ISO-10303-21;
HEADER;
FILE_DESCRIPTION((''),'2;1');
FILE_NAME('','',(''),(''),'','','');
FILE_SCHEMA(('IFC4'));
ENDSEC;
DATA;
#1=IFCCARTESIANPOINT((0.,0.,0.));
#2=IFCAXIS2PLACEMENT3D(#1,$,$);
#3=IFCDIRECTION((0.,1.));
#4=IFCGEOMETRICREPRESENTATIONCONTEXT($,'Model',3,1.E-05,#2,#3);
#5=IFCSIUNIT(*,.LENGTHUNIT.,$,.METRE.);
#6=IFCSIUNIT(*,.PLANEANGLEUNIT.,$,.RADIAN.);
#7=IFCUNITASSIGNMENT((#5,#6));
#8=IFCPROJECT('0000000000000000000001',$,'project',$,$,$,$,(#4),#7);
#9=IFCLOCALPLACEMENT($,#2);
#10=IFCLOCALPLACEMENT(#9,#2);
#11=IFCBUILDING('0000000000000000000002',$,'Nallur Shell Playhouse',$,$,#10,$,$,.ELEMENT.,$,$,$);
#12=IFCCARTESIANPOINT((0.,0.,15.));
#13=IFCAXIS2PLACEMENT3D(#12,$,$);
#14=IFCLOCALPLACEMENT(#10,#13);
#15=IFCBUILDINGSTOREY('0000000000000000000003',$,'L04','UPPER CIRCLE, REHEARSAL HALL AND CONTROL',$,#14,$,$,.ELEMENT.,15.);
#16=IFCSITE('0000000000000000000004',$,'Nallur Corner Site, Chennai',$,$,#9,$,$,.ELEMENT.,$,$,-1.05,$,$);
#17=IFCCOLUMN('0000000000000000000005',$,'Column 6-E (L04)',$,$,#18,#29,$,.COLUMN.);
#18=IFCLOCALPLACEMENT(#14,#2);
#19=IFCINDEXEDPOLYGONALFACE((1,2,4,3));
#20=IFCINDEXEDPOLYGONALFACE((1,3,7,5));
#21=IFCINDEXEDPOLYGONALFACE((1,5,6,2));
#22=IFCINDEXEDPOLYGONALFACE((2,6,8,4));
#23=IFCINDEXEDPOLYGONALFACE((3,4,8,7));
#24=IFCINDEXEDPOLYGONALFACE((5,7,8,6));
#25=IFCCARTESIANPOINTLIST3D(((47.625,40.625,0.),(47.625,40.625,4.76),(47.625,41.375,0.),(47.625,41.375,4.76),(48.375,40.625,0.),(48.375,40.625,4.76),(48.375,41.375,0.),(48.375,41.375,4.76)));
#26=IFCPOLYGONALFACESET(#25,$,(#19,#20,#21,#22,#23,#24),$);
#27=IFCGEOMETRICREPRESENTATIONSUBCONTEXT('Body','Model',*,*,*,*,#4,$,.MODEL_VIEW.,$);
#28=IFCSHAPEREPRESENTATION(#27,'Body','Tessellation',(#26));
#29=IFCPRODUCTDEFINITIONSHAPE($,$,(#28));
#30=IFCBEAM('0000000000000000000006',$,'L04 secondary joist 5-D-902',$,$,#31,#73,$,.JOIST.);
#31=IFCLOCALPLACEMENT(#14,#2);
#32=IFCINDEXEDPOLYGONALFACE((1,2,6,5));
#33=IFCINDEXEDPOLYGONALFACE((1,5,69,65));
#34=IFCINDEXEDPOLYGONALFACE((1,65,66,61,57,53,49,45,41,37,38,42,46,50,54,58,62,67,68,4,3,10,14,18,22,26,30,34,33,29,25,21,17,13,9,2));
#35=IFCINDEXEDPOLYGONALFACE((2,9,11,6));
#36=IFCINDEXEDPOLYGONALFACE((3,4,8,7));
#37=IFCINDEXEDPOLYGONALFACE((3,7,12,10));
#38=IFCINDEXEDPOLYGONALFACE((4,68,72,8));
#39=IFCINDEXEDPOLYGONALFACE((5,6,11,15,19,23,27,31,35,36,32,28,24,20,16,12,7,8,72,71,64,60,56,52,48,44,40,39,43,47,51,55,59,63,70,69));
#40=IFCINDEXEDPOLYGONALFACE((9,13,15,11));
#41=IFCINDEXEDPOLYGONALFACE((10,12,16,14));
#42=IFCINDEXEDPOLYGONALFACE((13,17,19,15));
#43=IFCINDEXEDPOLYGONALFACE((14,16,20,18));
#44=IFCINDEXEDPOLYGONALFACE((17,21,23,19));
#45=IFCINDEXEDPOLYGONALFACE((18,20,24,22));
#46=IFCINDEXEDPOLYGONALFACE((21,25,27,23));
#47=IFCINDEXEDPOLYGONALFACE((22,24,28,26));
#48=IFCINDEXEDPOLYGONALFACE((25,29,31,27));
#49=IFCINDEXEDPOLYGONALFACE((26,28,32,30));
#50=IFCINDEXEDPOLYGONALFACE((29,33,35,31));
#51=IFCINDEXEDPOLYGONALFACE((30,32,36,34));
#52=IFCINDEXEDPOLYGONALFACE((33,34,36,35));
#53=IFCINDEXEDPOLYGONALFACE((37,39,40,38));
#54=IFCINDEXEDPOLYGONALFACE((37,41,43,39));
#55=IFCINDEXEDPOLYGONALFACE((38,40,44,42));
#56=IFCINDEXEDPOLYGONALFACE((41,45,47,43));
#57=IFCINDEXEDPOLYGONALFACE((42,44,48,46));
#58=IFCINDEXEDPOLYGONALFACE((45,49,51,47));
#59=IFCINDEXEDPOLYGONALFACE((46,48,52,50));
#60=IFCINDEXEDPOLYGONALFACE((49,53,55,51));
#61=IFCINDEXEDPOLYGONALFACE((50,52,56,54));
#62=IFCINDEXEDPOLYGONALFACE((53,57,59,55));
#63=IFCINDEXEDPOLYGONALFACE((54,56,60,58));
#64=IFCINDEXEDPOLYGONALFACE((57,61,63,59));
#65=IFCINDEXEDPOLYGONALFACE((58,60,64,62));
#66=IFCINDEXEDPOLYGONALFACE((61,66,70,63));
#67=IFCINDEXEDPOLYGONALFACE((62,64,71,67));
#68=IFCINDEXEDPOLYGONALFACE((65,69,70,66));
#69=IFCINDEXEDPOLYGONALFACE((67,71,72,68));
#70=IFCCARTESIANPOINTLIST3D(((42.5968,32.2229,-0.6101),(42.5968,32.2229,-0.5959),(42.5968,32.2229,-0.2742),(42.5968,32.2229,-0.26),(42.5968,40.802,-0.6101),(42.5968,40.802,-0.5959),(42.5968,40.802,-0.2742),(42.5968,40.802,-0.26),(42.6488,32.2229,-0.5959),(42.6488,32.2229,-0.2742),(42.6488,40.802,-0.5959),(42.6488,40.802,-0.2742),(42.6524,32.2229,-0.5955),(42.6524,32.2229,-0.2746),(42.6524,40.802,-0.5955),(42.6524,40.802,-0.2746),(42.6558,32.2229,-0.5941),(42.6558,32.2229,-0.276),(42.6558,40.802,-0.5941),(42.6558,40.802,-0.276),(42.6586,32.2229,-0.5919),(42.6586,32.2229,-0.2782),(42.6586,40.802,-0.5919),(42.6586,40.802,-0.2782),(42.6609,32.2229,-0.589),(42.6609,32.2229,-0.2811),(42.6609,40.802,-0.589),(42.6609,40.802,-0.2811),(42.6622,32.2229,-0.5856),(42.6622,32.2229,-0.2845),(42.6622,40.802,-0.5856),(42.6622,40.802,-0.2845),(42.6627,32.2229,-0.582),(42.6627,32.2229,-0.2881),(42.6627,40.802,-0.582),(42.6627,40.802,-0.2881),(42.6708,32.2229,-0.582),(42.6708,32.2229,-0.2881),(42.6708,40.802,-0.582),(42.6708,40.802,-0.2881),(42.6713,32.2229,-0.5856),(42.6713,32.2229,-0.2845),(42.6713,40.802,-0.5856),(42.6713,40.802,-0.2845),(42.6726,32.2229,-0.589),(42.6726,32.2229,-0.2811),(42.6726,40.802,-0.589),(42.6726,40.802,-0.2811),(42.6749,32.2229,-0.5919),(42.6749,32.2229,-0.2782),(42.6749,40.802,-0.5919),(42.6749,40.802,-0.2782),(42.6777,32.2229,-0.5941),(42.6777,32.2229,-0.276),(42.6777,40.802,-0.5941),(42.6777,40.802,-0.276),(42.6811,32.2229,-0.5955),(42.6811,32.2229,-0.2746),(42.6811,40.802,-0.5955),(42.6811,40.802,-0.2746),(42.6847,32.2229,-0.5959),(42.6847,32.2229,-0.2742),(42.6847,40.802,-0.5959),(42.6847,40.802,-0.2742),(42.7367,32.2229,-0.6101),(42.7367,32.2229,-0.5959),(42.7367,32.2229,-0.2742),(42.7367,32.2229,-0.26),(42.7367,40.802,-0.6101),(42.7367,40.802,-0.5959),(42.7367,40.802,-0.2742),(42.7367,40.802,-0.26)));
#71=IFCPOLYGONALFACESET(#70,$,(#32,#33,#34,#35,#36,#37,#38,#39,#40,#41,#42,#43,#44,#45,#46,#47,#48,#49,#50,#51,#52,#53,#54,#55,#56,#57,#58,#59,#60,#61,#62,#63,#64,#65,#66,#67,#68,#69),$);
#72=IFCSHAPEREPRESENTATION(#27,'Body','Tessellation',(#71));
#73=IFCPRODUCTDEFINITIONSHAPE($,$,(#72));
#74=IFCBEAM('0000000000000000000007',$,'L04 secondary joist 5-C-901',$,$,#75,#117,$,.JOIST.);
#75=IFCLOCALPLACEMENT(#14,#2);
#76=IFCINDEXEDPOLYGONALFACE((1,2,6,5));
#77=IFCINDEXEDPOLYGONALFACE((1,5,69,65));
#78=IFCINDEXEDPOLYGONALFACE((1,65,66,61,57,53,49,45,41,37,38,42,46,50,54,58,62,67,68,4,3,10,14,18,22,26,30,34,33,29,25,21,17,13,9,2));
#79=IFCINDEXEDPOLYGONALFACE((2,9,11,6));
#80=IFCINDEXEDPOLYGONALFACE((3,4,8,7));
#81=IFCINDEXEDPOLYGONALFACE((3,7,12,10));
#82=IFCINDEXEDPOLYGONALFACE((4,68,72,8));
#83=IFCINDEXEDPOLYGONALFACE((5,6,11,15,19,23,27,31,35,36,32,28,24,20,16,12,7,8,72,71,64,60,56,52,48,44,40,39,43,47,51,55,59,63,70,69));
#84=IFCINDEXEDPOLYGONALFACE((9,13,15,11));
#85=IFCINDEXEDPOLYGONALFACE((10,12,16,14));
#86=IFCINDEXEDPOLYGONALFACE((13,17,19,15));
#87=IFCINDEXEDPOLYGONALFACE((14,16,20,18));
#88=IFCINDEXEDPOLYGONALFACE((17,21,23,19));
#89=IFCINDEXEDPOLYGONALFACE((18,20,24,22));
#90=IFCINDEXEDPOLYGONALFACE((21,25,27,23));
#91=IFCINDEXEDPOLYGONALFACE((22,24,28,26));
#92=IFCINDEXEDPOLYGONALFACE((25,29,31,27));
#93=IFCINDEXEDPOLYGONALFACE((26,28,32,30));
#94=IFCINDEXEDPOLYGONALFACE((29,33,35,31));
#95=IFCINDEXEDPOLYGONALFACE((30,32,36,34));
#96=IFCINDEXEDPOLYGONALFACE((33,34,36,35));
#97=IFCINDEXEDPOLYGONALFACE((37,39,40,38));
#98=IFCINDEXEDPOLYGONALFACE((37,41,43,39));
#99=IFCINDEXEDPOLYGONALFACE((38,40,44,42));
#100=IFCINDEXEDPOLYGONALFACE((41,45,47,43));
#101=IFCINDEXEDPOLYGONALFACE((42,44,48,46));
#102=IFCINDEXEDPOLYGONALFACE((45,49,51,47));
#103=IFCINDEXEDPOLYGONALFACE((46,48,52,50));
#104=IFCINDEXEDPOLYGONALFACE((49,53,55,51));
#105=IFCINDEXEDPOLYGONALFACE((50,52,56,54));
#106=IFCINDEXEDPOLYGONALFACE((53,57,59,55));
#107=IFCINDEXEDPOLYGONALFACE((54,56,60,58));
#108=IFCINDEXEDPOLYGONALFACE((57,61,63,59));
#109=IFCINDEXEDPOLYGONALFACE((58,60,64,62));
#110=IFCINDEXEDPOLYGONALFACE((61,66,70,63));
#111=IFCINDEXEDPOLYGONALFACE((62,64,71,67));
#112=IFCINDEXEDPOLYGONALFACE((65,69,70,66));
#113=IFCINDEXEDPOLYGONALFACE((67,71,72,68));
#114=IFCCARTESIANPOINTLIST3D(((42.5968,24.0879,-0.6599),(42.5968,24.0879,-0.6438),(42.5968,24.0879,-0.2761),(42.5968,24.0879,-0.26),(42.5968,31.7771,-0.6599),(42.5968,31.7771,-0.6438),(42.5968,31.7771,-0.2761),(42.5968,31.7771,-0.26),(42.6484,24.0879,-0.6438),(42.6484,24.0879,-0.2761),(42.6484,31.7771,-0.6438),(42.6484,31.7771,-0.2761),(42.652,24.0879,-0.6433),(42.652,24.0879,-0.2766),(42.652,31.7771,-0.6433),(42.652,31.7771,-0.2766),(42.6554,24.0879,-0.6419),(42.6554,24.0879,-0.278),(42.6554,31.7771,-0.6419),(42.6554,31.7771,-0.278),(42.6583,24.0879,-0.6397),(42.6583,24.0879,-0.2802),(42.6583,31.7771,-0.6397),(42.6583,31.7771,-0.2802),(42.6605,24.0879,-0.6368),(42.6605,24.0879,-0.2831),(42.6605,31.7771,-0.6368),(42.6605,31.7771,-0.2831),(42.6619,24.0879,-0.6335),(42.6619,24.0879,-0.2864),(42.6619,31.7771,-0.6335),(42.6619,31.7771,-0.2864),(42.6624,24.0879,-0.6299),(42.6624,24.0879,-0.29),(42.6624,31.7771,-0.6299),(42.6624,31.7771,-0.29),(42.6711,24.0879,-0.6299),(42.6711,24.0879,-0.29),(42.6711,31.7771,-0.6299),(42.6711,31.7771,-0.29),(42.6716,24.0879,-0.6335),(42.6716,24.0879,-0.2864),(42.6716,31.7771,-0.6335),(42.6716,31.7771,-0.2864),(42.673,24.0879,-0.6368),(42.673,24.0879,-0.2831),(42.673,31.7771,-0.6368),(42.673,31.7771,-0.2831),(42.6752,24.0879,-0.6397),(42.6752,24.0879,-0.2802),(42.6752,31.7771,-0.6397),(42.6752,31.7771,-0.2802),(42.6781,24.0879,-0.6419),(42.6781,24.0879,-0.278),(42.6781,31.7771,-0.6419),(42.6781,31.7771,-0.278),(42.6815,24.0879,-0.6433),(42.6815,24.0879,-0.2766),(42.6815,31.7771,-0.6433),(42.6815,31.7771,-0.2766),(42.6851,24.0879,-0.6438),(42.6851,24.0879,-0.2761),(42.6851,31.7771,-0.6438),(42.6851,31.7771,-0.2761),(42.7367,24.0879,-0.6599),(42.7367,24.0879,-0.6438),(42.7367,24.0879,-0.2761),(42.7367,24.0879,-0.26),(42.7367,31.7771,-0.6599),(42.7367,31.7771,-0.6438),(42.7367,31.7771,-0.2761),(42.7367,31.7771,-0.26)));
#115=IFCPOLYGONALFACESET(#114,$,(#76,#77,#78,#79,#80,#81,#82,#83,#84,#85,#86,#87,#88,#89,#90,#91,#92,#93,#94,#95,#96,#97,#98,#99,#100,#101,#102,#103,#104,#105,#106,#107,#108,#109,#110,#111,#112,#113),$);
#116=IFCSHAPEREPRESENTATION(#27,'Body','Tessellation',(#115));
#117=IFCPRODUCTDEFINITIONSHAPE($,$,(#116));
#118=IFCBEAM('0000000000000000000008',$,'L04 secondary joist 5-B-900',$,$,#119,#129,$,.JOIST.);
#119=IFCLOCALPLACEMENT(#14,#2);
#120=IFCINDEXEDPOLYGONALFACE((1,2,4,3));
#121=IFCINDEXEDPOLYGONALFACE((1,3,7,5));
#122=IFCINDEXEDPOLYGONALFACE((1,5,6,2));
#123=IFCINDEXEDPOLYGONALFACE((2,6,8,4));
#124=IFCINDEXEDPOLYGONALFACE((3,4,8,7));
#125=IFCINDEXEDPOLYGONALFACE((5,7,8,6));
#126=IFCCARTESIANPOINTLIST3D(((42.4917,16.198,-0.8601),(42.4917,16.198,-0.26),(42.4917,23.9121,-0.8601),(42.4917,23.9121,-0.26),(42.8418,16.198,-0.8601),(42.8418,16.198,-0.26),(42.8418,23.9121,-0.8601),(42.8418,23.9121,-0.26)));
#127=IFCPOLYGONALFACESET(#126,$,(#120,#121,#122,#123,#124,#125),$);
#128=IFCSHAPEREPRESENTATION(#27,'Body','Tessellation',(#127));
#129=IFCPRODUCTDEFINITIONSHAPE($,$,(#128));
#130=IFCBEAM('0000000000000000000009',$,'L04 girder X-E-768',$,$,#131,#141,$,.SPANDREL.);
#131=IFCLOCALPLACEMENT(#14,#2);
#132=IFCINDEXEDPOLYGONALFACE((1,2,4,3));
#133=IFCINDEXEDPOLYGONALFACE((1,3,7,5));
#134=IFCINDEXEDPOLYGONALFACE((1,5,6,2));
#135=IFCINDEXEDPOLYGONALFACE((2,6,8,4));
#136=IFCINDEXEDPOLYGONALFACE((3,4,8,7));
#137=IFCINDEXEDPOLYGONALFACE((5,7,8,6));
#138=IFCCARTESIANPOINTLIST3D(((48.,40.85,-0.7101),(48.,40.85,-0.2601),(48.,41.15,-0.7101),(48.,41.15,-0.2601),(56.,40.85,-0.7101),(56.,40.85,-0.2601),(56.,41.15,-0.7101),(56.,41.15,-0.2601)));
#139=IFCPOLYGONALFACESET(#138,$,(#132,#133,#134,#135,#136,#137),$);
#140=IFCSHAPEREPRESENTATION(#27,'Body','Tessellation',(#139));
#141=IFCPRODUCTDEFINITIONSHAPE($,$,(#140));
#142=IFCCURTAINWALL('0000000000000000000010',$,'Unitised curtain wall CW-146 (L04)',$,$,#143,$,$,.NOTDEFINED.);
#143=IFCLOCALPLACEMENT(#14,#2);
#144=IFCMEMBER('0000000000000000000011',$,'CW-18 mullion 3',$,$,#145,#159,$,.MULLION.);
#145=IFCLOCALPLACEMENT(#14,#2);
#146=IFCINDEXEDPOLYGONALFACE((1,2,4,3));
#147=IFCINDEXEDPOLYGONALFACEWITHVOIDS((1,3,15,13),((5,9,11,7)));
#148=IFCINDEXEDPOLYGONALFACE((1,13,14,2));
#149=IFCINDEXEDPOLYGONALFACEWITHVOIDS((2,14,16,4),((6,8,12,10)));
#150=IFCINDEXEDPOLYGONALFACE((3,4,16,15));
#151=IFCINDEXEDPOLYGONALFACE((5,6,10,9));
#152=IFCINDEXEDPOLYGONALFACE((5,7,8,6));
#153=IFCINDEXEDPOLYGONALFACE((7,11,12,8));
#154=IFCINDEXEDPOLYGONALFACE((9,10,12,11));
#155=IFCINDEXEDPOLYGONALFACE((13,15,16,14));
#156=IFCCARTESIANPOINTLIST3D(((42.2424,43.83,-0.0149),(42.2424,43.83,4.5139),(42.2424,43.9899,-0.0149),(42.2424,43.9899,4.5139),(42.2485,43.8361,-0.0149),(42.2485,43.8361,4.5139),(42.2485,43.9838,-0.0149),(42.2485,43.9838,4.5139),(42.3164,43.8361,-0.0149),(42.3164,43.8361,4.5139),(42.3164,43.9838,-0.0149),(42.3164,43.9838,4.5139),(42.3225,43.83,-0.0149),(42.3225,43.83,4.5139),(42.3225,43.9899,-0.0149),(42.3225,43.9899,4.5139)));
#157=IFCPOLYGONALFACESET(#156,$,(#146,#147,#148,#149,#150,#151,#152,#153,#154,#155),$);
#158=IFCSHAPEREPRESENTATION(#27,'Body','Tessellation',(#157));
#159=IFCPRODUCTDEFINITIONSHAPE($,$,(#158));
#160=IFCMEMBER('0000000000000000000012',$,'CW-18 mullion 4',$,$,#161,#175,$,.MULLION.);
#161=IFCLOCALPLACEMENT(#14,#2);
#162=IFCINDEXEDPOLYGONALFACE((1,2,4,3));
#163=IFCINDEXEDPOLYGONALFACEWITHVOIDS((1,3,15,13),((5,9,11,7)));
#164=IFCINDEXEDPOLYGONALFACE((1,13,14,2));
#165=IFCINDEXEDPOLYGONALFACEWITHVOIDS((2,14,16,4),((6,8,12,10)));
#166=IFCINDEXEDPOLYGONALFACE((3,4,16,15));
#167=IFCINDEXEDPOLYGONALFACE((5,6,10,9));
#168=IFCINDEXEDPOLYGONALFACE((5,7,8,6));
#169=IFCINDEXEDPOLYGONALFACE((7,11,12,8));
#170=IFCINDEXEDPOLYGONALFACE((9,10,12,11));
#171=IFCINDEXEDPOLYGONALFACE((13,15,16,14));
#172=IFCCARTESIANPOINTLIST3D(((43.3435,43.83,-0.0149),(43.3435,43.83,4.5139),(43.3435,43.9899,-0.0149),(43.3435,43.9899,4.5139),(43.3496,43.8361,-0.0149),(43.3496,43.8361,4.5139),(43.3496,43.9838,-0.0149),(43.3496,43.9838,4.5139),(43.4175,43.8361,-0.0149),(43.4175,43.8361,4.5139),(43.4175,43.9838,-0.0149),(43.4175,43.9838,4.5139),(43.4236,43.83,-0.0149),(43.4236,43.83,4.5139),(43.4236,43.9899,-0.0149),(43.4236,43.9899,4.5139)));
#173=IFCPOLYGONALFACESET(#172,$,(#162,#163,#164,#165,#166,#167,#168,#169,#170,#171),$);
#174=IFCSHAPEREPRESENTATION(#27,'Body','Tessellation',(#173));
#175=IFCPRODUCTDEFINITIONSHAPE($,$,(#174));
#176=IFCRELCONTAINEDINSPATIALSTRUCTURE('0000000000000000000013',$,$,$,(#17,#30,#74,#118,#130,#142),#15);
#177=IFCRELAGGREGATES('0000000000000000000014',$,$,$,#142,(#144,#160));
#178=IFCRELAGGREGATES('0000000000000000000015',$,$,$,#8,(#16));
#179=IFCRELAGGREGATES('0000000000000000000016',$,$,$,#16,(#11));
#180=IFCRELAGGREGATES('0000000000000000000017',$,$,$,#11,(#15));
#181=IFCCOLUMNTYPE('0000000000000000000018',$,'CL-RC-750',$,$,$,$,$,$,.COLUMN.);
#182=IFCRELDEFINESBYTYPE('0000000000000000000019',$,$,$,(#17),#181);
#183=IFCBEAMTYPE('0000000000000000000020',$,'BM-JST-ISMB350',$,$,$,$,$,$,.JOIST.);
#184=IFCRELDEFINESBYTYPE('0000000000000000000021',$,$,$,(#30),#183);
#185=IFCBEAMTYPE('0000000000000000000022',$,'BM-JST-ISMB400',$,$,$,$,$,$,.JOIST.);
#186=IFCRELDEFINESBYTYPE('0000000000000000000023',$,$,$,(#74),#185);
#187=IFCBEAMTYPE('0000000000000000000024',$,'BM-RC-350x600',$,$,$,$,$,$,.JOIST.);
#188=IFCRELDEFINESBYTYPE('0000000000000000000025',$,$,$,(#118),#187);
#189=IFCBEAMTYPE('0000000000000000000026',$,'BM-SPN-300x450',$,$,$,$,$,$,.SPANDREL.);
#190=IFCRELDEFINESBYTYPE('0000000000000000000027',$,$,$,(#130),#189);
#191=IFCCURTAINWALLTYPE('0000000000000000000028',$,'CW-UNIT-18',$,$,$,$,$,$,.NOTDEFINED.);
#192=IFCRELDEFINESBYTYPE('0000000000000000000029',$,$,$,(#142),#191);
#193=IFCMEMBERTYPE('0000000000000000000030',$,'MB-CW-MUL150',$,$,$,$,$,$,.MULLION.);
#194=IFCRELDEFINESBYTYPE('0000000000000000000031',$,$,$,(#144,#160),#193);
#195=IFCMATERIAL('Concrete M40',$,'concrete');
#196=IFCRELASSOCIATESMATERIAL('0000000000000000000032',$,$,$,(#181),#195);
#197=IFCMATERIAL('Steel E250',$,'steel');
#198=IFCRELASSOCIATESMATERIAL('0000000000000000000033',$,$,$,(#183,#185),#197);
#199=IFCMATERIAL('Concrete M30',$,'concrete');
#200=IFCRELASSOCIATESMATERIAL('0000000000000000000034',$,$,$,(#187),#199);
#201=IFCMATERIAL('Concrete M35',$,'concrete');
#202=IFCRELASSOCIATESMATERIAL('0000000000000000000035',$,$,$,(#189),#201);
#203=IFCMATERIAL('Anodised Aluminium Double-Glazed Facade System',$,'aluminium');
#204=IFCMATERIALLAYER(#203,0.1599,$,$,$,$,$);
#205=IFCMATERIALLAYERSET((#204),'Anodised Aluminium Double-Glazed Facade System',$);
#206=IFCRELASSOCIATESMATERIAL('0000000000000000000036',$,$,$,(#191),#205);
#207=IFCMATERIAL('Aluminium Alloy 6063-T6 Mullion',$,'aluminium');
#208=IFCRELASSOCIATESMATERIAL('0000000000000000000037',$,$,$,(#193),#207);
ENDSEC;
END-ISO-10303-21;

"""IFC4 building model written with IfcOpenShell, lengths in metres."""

from ifc_helpers import new_model, si_unit, direction, frame, origin, origin_2d, place, context, subcontext, project, spatial, rectangle, hollow_rectangle, i_section, extrude, material, layer, layer_set, material_profile, profile_set, type_object, element, aggregate, save


model = new_model("IFC4")

# Units and contexts
model_context = context("Model", 3, precision=1e-05, world=origin(), true_north=direction((0.0, 1.0)))
body_context = subcontext(model_context, "Body", "Model", "MODEL_VIEW")
ifc_project = project(units=[si_unit("LENGTHUNIT", "METRE"), si_unit("PLANEANGLEUNIT", "RADIAN")], contexts=[model_context])

# Site, building, storey
site_placement = place(None, origin())
site = spatial("IfcSite", under=ifc_project, at=site_placement, Name="Nallur Corner Site, Chennai", CompositionType="ELEMENT", RefElevation=-1.05)
building_placement = place(site_placement, origin())
building = spatial("IfcBuilding", under=site, at=building_placement, Name="Nallur Shell Playhouse", CompositionType="ELEMENT")
storey_placement = place(building_placement, frame((0.0, 0.0, 15.0)))
storey = spatial("IfcBuildingStorey", under=building, at=storey_placement, Name="L04", Description="UPPER CIRCLE, REHEARSAL HALL AND CONTROL", CompositionType="ELEMENT", Elevation=15.0)

# Column
ifc_material_1 = material(Name="Concrete M40", Category="concrete")
ifc_material_profile_1 = material_profile(ifc_material_1, rectangle(XDim=0.75, YDim=0.75, at=origin_2d()), Name="RC 750x750")
ifc_profile_set_1 = profile_set([ifc_material_profile_1], Name="Concrete M40")
column_type = type_object("IfcColumnType", Name="CL-RC-750", PredefinedType="COLUMN", material=ifc_profile_set_1)
column_placement = place(storey_placement, frame((48.0, 41.0, 0.0), z_axis=(0.0, 0.0, 1.0), x_axis=(1.0, 0.0, 0.0)))
element("IfcColumn", 1, at=column_placement, inside=storey, type_object=column_type, Name="Column 6-E (L04)", PredefinedType="COLUMN", context=body_context, shape_type="SweptSolid", body=[
    extrude(rectangle(XDim=0.75, YDim=0.75, at=origin_2d()), origin(), (0.0, 0.0, 1.0), 4.76),
])

# Beams
ifc_material_2 = material(Name="Steel E250", Category="steel")
ifc_material_profile_2 = material_profile(ifc_material_2, i_section(OverallWidth=0.1399, OverallDepth=0.3501, WebThickness=0.0081, FlangeThickness=0.0142, FilletRadius=0.0139, at=origin_2d()), Name="ISMB 350")
ifc_profile_set_2 = profile_set([ifc_material_profile_2], Name="Steel E250")
beam_type_1 = type_object("IfcBeamType", Name="BM-JST-ISMB350", PredefinedType="JOIST", material=ifc_profile_set_2)
beam_1_placement = place(storey_placement, frame((42.6667, 32.2229, -0.4351), z_axis=(0.0, 1.0, 0.0), x_axis=(-1.0, 0.0, 0.0)))
element("IfcBeam", 2, at=beam_1_placement, inside=storey, type_object=beam_type_1, Name="L04 secondary joist 5-D-902", PredefinedType="JOIST", context=body_context, shape_type="SweptSolid", body=[
    extrude(i_section(OverallWidth=0.1399, OverallDepth=0.3501, WebThickness=0.0081, FlangeThickness=0.0142, FilletRadius=0.0139, at=origin_2d()), origin(), (0.0, 0.0, 1.0), 8.5791),
])
ifc_material_profile_3 = material_profile(ifc_material_2, i_section(OverallWidth=0.1399, OverallDepth=0.3999, WebThickness=0.0088, FlangeThickness=0.0161, FilletRadius=0.0139, at=origin_2d()), Name="ISMB 400")
ifc_profile_set_3 = profile_set([ifc_material_profile_3], Name="Steel E250")
beam_type_2 = type_object("IfcBeamType", Name="BM-JST-ISMB400", PredefinedType="JOIST", material=ifc_profile_set_3)
beam_2_placement = place(storey_placement, frame((42.6667, 24.0879, -0.46), z_axis=(0.0, 1.0, 0.0), x_axis=(-1.0, 0.0, 0.0)))
element("IfcBeam", 3, at=beam_2_placement, inside=storey, type_object=beam_type_2, Name="L04 secondary joist 5-C-901", PredefinedType="JOIST", context=body_context, shape_type="SweptSolid", body=[
    extrude(i_section(OverallWidth=0.1399, OverallDepth=0.3999, WebThickness=0.0088, FlangeThickness=0.0161, FilletRadius=0.0139, at=origin_2d()), origin(), (0.0, 0.0, 1.0), 7.6892),
])
ifc_material_3 = material(Name="Concrete M30", Category="concrete")
ifc_material_profile_4 = material_profile(ifc_material_3, rectangle(XDim=0.3501, YDim=0.6001, at=origin_2d()), Name="RC 350x600")
ifc_profile_set_4 = profile_set([ifc_material_profile_4], Name="Concrete M30")
beam_type_3 = type_object("IfcBeamType", Name="BM-RC-350x600", PredefinedType="JOIST", material=ifc_profile_set_4)
beam_3_placement = place(storey_placement, frame((42.6667, 16.198, -0.5601), z_axis=(0.0, 1.0, 0.0), x_axis=(-1.0, 0.0, 0.0)))
element("IfcBeam", 4, at=beam_3_placement, inside=storey, type_object=beam_type_3, Name="L04 secondary joist 5-B-900", PredefinedType="JOIST", context=body_context, shape_type="SweptSolid", body=[
    extrude(rectangle(XDim=0.3501, YDim=0.6001, at=origin_2d()), origin(), (0.0, 0.0, 1.0), 7.7141),
])
ifc_material_4 = material(Name="Concrete M35", Category="concrete")
ifc_material_profile_5 = material_profile(ifc_material_4, rectangle(XDim=0.3, YDim=0.45, at=origin_2d()), Name="RC 300x450")
ifc_profile_set_5 = profile_set([ifc_material_profile_5], Name="Concrete M35")
beam_type_4 = type_object("IfcBeamType", Name="BM-SPN-300x450", PredefinedType="SPANDREL", material=ifc_profile_set_5)
beam_4_placement = place(storey_placement, frame((48.0, 41.0, -0.4851), z_axis=(1.0, 0.0, 0.0), x_axis=(0.0, 1.0, 0.0)))
element("IfcBeam", 5, at=beam_4_placement, inside=storey, type_object=beam_type_4, Name="L04 girder X-E-768", PredefinedType="SPANDREL", context=body_context, shape_type="SweptSolid", body=[
    extrude(rectangle(XDim=0.3, YDim=0.45, at=origin_2d()), origin(), (0.0, 0.0, 1.0), 8.0),
])

# Curtain wall, members
ifc_material_5 = material(Name="Anodised Aluminium Double-Glazed Facade System", Category="aluminium")
ifc_layer_1 = layer(ifc_material_5, 0.1599)
ifc_layer_set_1 = layer_set([ifc_layer_1], Name="Anodised Aluminium Double-Glazed Facade System")
curtain_wall_type_1 = type_object("IfcCurtainWallType", Name="CW-UNIT-18", PredefinedType="NOTDEFINED", material=ifc_layer_set_1)
curtain_wall_1_placement = place(storey_placement, origin())
curtain_wall_1 = element("IfcCurtainWall", 6, at=curtain_wall_1_placement, inside=storey, type_object=curtain_wall_type_1, Name="Unitised curtain wall CW-146 (L04)", PredefinedType="NOTDEFINED")
ifc_material_6 = material(Name="Aluminium Alloy 6063-T6 Mullion", Category="aluminium")
ifc_material_profile_6 = material_profile(ifc_material_6, hollow_rectangle(XDim=0.0801, YDim=0.1599, WallThickness=0.0061, at=origin_2d()), Name="RHS 160x80x6")
ifc_profile_set_6 = profile_set([ifc_material_profile_6], Name="Aluminium Alloy 6063-T6 Mullion")
member_type_1 = type_object("IfcMemberType", Name="MB-CW-MUL150", PredefinedType="MULLION", material=ifc_profile_set_6)
member_1_placement = place(storey_placement, frame((42.2825, 43.9099, -0.0149), z_axis=(0.0, 0.0, 1.0), x_axis=(1.0, 0.0, 0.0)))
member_1 = element("IfcMember", 7, at=member_1_placement, type_object=member_type_1, Name="CW-18 mullion 3", PredefinedType="MULLION", context=body_context, shape_type="SweptSolid", body=[
    extrude(hollow_rectangle(XDim=0.0801, YDim=0.1599, WallThickness=0.0061, at=origin_2d()), origin(), (0.0, 0.0, 1.0), 4.5288),
])
member_2_placement = place(storey_placement, frame((43.3835, 43.9099, -0.0149), z_axis=(0.0, 0.0, 1.0), x_axis=(1.0, 0.0, 0.0)))
member_2 = element("IfcMember", 8, at=member_2_placement, type_object=member_type_1, Name="CW-18 mullion 4", PredefinedType="MULLION", context=body_context, shape_type="SweptSolid", body=[
    extrude(hollow_rectangle(XDim=0.0801, YDim=0.1599, WallThickness=0.0061, at=origin_2d()), origin(), (0.0, 0.0, 1.0), 4.5288),
])

aggregate(curtain_wall_1, [member_1, member_2])

save(model, "model.ifc")
